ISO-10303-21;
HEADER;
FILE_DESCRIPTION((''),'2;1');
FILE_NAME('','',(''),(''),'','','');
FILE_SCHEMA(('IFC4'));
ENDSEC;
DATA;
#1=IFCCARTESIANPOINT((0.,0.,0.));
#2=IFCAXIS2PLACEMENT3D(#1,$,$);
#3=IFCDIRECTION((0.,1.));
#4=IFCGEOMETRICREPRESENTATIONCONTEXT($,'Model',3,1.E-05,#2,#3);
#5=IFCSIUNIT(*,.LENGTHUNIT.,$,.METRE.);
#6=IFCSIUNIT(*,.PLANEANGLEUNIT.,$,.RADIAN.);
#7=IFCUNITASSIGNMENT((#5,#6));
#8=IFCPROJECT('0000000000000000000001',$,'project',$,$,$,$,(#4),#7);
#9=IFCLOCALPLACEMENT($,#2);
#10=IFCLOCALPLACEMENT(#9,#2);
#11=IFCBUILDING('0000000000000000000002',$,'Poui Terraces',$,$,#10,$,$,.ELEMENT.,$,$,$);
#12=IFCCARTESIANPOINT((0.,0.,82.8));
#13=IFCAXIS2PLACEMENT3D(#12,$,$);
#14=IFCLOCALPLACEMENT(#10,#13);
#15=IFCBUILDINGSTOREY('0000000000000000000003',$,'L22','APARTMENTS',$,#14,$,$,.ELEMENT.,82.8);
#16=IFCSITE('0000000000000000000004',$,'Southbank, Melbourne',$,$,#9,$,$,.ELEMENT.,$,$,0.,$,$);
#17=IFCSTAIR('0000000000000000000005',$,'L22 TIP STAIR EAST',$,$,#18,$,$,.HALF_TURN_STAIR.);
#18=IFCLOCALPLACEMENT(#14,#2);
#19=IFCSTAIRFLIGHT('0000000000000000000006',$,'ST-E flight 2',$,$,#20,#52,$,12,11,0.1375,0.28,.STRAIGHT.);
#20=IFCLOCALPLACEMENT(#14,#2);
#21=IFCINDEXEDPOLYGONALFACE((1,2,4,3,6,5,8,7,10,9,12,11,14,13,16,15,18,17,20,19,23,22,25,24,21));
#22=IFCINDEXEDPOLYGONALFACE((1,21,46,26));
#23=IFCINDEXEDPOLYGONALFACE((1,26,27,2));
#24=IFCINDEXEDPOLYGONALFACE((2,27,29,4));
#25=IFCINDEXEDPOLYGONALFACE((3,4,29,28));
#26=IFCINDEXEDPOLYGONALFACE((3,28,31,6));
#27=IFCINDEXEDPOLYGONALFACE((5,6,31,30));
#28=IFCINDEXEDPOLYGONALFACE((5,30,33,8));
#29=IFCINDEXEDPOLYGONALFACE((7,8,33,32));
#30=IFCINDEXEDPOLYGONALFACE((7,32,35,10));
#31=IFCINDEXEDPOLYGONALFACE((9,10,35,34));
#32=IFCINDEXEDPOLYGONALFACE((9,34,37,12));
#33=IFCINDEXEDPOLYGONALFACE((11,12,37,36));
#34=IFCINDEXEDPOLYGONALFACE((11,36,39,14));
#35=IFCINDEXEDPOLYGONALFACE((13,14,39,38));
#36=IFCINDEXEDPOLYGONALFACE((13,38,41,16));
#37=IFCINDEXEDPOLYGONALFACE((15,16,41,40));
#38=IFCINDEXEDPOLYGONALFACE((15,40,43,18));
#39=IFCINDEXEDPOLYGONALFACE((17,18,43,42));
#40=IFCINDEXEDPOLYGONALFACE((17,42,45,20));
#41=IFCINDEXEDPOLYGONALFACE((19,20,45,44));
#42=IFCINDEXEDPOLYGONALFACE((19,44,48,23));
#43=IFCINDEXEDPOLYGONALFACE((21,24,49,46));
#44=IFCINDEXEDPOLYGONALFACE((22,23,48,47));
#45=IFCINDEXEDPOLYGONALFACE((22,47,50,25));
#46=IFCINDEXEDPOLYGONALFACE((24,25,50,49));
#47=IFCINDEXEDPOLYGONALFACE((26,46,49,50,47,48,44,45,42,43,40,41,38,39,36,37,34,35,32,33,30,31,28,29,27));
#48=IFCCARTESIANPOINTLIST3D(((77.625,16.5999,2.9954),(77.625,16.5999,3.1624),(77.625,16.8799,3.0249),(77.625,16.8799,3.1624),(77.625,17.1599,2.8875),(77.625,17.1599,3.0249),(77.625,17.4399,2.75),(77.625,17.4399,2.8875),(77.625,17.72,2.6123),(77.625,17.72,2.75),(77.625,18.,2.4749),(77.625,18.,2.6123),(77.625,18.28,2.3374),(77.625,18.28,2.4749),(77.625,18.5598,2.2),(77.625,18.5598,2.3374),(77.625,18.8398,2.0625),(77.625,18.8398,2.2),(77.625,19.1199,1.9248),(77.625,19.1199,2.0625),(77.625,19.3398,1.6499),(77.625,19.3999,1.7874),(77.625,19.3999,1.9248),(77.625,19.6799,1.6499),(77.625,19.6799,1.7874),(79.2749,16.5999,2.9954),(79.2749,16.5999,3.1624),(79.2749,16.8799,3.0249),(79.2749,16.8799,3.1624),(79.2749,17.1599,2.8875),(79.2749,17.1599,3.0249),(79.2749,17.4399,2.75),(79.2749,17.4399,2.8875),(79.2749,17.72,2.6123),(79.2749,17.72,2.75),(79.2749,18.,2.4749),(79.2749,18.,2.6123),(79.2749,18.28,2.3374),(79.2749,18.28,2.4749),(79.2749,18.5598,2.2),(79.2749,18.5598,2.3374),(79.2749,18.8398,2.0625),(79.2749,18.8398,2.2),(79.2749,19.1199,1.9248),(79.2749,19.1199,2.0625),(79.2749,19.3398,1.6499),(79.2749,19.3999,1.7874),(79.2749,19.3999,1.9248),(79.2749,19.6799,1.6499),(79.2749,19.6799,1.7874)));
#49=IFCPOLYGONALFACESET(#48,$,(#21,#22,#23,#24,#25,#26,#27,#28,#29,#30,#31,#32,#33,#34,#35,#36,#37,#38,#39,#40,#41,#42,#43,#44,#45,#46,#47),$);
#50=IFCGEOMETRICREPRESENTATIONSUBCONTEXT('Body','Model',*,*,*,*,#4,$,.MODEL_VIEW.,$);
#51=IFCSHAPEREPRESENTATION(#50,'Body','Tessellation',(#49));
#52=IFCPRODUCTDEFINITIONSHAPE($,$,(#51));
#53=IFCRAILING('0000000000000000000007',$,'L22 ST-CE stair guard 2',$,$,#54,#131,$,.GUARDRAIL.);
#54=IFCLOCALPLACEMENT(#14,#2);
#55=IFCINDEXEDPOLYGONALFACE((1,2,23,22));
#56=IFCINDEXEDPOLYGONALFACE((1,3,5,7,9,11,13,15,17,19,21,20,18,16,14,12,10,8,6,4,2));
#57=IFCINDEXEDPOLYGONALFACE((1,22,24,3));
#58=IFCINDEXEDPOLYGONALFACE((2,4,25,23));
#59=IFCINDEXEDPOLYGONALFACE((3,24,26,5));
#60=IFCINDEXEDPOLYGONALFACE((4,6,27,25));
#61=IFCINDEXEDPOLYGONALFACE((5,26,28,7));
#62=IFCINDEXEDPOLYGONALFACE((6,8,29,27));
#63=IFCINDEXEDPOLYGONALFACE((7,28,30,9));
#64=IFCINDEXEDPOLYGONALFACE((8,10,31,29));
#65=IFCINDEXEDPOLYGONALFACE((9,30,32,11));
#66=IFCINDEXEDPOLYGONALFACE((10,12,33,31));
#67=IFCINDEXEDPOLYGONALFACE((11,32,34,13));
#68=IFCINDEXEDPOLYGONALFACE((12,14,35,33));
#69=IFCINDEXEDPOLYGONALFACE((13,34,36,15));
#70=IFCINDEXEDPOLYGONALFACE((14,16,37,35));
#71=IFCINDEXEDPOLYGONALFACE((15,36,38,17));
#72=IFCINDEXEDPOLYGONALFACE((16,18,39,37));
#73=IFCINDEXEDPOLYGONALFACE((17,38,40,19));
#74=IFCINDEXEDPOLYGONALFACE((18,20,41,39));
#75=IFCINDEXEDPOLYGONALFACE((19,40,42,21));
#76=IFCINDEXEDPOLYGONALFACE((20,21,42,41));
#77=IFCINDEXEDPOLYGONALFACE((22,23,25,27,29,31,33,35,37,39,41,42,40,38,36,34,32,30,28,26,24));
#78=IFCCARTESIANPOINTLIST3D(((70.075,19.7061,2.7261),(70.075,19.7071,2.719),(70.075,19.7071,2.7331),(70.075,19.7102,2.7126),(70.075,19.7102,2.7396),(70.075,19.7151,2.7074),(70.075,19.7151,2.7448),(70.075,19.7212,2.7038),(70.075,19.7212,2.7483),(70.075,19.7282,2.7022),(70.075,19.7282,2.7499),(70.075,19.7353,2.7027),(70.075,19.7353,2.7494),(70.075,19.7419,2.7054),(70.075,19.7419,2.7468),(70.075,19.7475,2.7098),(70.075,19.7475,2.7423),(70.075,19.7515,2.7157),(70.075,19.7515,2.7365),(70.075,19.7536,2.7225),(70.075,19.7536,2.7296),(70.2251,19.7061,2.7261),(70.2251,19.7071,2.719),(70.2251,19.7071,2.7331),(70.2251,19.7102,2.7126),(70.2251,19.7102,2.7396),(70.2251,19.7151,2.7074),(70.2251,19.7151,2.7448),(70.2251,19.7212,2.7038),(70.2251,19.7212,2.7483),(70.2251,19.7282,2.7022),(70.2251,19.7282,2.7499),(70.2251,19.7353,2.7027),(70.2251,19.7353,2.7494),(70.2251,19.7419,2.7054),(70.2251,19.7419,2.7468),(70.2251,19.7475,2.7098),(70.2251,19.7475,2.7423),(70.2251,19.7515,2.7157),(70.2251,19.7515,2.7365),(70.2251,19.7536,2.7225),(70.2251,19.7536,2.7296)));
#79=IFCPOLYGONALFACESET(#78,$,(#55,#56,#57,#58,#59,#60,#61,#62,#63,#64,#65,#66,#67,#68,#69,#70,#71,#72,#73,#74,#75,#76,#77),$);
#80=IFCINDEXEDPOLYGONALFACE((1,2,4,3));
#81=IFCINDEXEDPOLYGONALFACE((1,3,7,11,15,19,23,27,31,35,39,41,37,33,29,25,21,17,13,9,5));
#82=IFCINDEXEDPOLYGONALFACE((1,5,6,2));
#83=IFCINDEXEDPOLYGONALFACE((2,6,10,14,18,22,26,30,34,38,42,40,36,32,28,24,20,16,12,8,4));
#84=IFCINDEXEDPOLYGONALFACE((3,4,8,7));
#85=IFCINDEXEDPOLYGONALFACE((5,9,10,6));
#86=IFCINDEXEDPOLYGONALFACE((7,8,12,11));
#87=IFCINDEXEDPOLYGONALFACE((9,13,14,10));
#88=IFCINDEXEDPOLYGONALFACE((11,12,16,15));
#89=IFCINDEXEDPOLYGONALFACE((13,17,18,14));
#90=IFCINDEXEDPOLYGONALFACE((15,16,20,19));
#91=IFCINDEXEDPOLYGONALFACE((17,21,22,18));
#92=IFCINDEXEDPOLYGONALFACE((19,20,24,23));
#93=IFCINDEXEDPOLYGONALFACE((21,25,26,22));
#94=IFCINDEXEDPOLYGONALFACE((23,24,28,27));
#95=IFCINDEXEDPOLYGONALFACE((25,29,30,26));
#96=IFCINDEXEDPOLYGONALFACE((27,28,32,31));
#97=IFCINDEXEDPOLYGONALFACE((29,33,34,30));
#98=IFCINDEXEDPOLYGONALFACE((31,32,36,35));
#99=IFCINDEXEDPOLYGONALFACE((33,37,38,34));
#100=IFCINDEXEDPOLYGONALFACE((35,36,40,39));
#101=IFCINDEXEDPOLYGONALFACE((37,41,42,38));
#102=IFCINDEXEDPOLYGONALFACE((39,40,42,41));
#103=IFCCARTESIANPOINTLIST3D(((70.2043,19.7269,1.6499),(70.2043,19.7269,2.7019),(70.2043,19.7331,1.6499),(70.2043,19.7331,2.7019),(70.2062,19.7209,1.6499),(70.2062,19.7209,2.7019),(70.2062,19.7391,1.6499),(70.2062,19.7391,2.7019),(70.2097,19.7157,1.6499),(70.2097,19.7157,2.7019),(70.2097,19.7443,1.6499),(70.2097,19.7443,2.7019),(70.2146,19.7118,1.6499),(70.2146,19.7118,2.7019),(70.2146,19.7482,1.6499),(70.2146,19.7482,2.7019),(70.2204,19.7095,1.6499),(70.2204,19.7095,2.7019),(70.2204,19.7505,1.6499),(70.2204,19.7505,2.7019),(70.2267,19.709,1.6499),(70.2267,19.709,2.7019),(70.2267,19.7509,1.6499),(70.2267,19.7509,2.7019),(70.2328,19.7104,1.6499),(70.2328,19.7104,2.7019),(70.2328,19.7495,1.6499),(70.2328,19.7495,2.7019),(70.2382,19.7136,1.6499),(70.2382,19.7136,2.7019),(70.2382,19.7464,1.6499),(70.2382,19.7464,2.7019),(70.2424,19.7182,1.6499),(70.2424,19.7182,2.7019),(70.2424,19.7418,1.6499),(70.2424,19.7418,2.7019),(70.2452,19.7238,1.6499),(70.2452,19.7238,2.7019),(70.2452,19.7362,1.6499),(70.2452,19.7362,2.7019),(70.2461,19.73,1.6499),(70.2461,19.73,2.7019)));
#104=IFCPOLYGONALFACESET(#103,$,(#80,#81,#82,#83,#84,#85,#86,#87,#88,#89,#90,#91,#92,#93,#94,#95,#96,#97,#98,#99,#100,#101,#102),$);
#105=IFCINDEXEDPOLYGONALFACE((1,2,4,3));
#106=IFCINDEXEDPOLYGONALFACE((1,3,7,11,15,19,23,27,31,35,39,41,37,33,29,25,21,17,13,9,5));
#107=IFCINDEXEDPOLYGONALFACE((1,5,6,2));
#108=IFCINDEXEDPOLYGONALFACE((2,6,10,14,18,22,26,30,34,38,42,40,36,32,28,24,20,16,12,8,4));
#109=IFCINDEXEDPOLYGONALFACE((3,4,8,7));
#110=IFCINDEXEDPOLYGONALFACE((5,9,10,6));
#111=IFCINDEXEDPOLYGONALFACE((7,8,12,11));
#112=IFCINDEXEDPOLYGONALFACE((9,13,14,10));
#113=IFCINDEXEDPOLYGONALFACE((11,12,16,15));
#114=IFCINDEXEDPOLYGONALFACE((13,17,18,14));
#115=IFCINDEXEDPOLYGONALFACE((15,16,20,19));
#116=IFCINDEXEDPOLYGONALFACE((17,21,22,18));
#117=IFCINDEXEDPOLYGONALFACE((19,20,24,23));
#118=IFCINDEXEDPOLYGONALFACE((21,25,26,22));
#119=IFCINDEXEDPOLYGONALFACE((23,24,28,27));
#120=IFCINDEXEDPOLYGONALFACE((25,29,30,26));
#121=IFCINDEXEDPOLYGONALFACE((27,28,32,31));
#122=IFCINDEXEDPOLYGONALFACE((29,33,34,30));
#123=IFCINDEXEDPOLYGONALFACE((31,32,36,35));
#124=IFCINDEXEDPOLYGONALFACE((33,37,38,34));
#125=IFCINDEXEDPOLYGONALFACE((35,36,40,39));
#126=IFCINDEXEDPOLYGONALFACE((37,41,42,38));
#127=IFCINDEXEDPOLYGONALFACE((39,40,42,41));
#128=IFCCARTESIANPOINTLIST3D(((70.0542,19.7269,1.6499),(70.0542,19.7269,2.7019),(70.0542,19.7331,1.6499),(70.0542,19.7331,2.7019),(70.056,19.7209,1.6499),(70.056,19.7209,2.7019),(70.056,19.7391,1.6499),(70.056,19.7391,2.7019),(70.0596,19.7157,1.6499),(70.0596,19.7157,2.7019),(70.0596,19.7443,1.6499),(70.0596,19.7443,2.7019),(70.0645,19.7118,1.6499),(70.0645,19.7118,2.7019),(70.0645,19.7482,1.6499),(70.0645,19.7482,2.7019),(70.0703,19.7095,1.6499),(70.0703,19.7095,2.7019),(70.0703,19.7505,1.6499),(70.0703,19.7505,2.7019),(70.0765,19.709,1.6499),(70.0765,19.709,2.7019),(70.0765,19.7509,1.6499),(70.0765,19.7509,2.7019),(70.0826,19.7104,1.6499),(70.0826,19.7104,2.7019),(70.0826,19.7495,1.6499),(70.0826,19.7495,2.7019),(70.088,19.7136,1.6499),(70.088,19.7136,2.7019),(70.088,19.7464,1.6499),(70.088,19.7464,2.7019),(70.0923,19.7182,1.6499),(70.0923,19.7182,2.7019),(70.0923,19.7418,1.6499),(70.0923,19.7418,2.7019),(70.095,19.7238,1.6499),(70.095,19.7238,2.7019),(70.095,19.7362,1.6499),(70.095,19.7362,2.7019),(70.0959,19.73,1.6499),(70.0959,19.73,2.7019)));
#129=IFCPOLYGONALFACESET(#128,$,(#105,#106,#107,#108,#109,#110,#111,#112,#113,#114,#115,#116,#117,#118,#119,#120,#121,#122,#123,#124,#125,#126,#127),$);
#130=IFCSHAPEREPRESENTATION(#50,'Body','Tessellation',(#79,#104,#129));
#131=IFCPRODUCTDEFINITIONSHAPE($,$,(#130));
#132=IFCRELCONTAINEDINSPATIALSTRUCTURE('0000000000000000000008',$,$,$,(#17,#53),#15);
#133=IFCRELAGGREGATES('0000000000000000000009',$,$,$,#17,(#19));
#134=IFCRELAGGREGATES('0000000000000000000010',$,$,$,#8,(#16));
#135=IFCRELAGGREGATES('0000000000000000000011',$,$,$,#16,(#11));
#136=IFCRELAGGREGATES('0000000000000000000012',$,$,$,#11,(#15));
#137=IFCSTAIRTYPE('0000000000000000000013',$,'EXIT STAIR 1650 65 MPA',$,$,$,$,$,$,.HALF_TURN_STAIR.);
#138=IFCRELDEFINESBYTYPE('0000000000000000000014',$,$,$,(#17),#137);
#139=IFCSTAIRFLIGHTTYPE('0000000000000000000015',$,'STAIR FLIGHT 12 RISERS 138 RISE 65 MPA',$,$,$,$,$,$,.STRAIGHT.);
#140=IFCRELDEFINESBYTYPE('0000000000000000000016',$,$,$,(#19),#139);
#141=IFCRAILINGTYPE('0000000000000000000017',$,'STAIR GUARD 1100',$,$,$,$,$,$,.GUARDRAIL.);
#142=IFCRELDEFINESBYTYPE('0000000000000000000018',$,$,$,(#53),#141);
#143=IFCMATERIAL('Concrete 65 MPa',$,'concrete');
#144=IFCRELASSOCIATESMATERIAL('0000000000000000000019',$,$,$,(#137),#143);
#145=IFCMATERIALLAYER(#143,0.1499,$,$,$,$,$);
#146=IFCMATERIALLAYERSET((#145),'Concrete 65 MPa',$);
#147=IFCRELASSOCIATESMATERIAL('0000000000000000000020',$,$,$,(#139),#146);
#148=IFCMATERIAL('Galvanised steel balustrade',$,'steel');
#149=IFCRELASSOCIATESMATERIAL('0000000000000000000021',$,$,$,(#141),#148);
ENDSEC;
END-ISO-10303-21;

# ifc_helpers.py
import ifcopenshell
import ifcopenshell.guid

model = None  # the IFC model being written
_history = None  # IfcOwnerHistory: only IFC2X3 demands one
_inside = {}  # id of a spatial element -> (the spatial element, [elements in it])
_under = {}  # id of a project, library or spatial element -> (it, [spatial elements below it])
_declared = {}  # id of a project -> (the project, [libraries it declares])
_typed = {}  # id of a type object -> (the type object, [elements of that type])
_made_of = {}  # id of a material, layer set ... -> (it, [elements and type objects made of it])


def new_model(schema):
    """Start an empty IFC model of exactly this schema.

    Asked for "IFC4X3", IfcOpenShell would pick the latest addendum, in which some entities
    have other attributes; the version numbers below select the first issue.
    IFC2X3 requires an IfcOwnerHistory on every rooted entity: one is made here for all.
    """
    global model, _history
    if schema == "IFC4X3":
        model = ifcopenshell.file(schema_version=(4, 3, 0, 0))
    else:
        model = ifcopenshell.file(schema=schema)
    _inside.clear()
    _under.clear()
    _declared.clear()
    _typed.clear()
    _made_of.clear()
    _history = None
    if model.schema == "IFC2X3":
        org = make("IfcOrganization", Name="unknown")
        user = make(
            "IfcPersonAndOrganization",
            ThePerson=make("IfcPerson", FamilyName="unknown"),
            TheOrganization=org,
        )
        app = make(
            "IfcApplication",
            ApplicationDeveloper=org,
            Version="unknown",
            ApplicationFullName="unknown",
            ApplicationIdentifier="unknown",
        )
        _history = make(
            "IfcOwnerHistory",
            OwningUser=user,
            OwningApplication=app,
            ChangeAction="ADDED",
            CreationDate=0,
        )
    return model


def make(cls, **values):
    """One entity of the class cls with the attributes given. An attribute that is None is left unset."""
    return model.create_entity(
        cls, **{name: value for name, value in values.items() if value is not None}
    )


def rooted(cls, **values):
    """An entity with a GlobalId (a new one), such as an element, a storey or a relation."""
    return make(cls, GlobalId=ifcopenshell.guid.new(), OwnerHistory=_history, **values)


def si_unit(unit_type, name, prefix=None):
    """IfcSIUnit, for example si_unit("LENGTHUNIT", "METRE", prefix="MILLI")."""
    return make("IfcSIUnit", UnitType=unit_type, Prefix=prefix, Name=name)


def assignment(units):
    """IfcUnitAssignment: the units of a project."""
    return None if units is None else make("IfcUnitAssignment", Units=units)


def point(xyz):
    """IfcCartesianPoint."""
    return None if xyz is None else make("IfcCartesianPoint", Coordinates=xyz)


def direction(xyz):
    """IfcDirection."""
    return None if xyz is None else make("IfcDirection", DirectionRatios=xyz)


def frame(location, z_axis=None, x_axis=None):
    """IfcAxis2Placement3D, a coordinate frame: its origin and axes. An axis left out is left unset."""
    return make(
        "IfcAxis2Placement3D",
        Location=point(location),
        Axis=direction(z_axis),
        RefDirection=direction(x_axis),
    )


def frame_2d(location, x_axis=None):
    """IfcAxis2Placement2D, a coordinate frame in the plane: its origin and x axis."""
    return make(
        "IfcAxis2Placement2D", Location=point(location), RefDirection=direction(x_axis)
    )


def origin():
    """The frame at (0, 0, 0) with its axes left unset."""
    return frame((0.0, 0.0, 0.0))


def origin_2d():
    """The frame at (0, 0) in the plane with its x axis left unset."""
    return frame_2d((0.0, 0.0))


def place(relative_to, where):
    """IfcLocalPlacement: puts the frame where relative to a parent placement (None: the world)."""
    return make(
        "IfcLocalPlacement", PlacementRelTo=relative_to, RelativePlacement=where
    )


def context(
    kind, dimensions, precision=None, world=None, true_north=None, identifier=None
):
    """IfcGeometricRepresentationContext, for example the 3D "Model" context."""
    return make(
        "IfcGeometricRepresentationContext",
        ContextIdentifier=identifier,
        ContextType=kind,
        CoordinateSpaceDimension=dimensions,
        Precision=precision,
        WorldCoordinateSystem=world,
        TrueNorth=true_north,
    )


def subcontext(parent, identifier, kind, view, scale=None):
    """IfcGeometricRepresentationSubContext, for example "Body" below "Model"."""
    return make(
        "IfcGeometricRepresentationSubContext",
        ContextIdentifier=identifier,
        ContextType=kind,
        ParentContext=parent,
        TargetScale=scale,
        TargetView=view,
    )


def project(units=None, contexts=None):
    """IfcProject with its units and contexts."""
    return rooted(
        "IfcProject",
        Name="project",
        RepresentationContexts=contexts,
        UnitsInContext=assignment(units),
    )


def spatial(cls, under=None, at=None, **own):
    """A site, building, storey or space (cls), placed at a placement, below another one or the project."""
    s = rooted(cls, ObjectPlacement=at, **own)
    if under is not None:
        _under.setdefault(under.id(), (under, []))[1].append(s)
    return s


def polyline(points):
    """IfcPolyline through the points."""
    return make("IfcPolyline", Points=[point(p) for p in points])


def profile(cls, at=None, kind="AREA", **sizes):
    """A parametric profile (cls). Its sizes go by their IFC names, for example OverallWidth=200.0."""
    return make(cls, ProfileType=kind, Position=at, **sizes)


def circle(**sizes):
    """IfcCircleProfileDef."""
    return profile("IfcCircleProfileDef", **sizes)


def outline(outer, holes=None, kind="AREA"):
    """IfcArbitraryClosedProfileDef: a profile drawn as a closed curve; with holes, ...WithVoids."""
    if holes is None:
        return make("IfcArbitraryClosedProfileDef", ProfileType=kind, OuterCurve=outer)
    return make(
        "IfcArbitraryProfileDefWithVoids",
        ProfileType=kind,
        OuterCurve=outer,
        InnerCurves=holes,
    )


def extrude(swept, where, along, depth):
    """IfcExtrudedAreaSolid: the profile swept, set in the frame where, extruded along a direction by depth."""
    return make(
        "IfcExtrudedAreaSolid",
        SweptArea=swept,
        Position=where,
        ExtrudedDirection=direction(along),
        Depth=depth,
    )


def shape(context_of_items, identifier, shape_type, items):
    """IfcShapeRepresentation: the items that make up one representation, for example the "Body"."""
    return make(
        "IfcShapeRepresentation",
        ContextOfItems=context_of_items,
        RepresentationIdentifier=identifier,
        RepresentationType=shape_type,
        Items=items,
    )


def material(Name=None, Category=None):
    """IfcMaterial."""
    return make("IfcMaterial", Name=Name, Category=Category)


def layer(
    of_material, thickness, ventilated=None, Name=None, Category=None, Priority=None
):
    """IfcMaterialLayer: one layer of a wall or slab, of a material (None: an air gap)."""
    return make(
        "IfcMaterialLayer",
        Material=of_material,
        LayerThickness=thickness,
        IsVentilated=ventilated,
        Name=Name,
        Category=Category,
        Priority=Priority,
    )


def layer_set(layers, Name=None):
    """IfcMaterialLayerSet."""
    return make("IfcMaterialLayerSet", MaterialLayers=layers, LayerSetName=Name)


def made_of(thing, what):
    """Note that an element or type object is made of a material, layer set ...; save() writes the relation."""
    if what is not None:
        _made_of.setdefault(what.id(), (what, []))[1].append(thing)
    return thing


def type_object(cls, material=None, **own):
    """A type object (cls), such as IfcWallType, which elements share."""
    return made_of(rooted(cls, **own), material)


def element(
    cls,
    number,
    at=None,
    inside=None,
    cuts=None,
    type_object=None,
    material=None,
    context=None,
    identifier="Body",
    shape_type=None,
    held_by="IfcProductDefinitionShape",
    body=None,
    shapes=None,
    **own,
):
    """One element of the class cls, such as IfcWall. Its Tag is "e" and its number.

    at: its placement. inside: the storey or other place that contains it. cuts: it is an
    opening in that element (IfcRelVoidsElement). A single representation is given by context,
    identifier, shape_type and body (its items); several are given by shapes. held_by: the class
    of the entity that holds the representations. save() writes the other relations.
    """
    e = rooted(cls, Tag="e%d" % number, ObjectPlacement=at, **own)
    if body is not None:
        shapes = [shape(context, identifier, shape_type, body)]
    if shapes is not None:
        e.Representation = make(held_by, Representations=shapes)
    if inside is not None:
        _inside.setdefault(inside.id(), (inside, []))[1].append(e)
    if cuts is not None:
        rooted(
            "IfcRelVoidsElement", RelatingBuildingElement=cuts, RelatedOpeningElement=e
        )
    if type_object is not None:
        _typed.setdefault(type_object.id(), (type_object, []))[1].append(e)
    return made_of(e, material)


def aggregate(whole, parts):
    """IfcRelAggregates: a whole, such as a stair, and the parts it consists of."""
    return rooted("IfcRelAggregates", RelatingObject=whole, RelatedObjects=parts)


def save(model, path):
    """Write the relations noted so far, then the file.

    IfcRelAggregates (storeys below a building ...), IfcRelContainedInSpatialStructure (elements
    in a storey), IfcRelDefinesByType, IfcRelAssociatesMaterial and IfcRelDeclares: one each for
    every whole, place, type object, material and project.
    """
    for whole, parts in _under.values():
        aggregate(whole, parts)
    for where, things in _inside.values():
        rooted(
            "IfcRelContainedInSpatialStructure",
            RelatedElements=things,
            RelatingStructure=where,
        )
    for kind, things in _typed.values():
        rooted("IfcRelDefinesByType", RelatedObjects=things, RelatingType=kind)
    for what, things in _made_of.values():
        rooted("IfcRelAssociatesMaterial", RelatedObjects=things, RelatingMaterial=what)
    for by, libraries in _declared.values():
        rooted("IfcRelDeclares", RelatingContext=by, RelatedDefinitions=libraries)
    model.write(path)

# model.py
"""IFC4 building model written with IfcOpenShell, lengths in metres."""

from ifc_helpers import new_model, si_unit, direction, frame, origin, origin_2d, place, context, subcontext, project, spatial, polyline, circle, outline, extrude, material, layer, layer_set, type_object, element, aggregate, save


model = new_model("IFC4")

# Units and contexts
model_context = context("Model", 3, precision=1e-05, world=origin(), true_north=direction((0.0, 1.0)))
body_context = subcontext(model_context, "Body", "Model", "MODEL_VIEW")
ifc_project = project(units=[si_unit("LENGTHUNIT", "METRE"), si_unit("PLANEANGLEUNIT", "RADIAN")], contexts=[model_context])

# Site, building, storey
site_placement = place(None, origin())
site = spatial("IfcSite", under=ifc_project, at=site_placement, Name="Southbank, Melbourne", CompositionType="ELEMENT", RefElevation=0.0)
building_placement = place(site_placement, origin())
building = spatial("IfcBuilding", under=site, at=building_placement, Name="Poui Terraces", CompositionType="ELEMENT")
storey_placement = place(building_placement, frame((0.0, 0.0, 82.8)))
storey = spatial("IfcBuildingStorey", under=building, at=storey_placement, Name="L22", Description="APARTMENTS", CompositionType="ELEMENT", Elevation=82.8)

# Shared definitions
ifc_material_1 = material(Name="Concrete 65 MPa", Category="concrete")

# Stair, stair flight
stair_type = type_object("IfcStairType", Name="EXIT STAIR 1650 65 MPA", PredefinedType="HALF_TURN_STAIR", material=ifc_material_1)
stair_placement = place(storey_placement, origin())
stair = element("IfcStair", 1, at=stair_placement, inside=storey, type_object=stair_type, Name="L22 TIP STAIR EAST", PredefinedType="HALF_TURN_STAIR")
ifc_layer_1 = layer(ifc_material_1, 0.1499)
ifc_layer_set_1 = layer_set([ifc_layer_1], Name="Concrete 65 MPa")
stair_flight_type = type_object("IfcStairFlightType", Name="STAIR FLIGHT 12 RISERS 138 RISE 65 MPA", PredefinedType="STRAIGHT", material=ifc_layer_set_1)
stair_flight_1_placement = place(storey_placement, frame((78.45, 19.6799, 1.6499), z_axis=(0.0, 0.0, 1.0), x_axis=(0.0, -1.0, 0.0)))
stair_flight_1 = element("IfcStairFlight", 2, at=stair_flight_1_placement, type_object=stair_flight_type, Name="ST-E flight 2", NumberOfRisers=12, NumberOfTreads=11, PredefinedType="STRAIGHT", RiserHeight=0.1375, TreadLength=0.28, context=body_context, shape_type="SweptSolid", body=[
    extrude(outline(polyline([(0.0, 0.0), (0.0, 0.1375), (0.28, 0.1375), (0.28, 0.2749), (0.5601, 0.2749), (0.5601, 0.4126), (0.8401, 0.4126), (0.8401, 0.55), (1.1201, 0.55), (1.1201, 0.6875), (1.3999, 0.6875), (1.3999, 0.825), (1.6799, 0.825), (1.6799, 0.9624), (1.96, 0.9624), (1.96, 1.1001), (2.24, 1.1001), (2.24, 1.2375), (2.52, 1.2375), (2.52, 1.375), (2.8, 1.375), (2.8, 1.5125), (3.0801, 1.5125), (3.0801, 1.6499), (3.0801, 1.3455), (0.3401, 0.0), (0.0, 0.0)])), frame((0.0, 0.825, 0.0), z_axis=(0.0, -1.0, 0.0), x_axis=(1.0, 0.0, 0.0)), (0.0, 0.0, 1.0), 1.6499),
])
aggregate(stair, [stair_flight_1])

# Railing
ifc_material_2 = material(Name="Galvanised steel balustrade", Category="steel")
railing_type_1 = type_object("IfcRailingType", Name="STAIR GUARD 1100", PredefinedType="GUARDRAIL", material=ifc_material_2)
railing_1_placement = place(storey_placement, frame((70.2251, 19.73, 1.6499)))
element("IfcRailing", 3, at=railing_1_placement, inside=storey, type_object=railing_type_1, Name="L22 ST-CE stair guard 2", PredefinedType="GUARDRAIL", context=body_context, shape_type="SweptSolid", body=[
    extrude(circle(Radius=0.0239, at=origin_2d()), frame((0.0, 0.0, 1.0762), z_axis=(-1.0, 0.0, 0.0), x_axis=(0.0, -1.0, 0.0)), (0.0, 0.0, 1.0), 0.1501),
    extrude(circle(Radius=0.021, at=origin_2d()), origin(), (0.0, 0.0, 1.0), 1.052),
    extrude(circle(Radius=0.021, at=origin_2d()), frame((-0.1501, 0.0, 0.0)), (0.0, 0.0, 1.0), 1.052),
])

save(model, "model.ifc")
